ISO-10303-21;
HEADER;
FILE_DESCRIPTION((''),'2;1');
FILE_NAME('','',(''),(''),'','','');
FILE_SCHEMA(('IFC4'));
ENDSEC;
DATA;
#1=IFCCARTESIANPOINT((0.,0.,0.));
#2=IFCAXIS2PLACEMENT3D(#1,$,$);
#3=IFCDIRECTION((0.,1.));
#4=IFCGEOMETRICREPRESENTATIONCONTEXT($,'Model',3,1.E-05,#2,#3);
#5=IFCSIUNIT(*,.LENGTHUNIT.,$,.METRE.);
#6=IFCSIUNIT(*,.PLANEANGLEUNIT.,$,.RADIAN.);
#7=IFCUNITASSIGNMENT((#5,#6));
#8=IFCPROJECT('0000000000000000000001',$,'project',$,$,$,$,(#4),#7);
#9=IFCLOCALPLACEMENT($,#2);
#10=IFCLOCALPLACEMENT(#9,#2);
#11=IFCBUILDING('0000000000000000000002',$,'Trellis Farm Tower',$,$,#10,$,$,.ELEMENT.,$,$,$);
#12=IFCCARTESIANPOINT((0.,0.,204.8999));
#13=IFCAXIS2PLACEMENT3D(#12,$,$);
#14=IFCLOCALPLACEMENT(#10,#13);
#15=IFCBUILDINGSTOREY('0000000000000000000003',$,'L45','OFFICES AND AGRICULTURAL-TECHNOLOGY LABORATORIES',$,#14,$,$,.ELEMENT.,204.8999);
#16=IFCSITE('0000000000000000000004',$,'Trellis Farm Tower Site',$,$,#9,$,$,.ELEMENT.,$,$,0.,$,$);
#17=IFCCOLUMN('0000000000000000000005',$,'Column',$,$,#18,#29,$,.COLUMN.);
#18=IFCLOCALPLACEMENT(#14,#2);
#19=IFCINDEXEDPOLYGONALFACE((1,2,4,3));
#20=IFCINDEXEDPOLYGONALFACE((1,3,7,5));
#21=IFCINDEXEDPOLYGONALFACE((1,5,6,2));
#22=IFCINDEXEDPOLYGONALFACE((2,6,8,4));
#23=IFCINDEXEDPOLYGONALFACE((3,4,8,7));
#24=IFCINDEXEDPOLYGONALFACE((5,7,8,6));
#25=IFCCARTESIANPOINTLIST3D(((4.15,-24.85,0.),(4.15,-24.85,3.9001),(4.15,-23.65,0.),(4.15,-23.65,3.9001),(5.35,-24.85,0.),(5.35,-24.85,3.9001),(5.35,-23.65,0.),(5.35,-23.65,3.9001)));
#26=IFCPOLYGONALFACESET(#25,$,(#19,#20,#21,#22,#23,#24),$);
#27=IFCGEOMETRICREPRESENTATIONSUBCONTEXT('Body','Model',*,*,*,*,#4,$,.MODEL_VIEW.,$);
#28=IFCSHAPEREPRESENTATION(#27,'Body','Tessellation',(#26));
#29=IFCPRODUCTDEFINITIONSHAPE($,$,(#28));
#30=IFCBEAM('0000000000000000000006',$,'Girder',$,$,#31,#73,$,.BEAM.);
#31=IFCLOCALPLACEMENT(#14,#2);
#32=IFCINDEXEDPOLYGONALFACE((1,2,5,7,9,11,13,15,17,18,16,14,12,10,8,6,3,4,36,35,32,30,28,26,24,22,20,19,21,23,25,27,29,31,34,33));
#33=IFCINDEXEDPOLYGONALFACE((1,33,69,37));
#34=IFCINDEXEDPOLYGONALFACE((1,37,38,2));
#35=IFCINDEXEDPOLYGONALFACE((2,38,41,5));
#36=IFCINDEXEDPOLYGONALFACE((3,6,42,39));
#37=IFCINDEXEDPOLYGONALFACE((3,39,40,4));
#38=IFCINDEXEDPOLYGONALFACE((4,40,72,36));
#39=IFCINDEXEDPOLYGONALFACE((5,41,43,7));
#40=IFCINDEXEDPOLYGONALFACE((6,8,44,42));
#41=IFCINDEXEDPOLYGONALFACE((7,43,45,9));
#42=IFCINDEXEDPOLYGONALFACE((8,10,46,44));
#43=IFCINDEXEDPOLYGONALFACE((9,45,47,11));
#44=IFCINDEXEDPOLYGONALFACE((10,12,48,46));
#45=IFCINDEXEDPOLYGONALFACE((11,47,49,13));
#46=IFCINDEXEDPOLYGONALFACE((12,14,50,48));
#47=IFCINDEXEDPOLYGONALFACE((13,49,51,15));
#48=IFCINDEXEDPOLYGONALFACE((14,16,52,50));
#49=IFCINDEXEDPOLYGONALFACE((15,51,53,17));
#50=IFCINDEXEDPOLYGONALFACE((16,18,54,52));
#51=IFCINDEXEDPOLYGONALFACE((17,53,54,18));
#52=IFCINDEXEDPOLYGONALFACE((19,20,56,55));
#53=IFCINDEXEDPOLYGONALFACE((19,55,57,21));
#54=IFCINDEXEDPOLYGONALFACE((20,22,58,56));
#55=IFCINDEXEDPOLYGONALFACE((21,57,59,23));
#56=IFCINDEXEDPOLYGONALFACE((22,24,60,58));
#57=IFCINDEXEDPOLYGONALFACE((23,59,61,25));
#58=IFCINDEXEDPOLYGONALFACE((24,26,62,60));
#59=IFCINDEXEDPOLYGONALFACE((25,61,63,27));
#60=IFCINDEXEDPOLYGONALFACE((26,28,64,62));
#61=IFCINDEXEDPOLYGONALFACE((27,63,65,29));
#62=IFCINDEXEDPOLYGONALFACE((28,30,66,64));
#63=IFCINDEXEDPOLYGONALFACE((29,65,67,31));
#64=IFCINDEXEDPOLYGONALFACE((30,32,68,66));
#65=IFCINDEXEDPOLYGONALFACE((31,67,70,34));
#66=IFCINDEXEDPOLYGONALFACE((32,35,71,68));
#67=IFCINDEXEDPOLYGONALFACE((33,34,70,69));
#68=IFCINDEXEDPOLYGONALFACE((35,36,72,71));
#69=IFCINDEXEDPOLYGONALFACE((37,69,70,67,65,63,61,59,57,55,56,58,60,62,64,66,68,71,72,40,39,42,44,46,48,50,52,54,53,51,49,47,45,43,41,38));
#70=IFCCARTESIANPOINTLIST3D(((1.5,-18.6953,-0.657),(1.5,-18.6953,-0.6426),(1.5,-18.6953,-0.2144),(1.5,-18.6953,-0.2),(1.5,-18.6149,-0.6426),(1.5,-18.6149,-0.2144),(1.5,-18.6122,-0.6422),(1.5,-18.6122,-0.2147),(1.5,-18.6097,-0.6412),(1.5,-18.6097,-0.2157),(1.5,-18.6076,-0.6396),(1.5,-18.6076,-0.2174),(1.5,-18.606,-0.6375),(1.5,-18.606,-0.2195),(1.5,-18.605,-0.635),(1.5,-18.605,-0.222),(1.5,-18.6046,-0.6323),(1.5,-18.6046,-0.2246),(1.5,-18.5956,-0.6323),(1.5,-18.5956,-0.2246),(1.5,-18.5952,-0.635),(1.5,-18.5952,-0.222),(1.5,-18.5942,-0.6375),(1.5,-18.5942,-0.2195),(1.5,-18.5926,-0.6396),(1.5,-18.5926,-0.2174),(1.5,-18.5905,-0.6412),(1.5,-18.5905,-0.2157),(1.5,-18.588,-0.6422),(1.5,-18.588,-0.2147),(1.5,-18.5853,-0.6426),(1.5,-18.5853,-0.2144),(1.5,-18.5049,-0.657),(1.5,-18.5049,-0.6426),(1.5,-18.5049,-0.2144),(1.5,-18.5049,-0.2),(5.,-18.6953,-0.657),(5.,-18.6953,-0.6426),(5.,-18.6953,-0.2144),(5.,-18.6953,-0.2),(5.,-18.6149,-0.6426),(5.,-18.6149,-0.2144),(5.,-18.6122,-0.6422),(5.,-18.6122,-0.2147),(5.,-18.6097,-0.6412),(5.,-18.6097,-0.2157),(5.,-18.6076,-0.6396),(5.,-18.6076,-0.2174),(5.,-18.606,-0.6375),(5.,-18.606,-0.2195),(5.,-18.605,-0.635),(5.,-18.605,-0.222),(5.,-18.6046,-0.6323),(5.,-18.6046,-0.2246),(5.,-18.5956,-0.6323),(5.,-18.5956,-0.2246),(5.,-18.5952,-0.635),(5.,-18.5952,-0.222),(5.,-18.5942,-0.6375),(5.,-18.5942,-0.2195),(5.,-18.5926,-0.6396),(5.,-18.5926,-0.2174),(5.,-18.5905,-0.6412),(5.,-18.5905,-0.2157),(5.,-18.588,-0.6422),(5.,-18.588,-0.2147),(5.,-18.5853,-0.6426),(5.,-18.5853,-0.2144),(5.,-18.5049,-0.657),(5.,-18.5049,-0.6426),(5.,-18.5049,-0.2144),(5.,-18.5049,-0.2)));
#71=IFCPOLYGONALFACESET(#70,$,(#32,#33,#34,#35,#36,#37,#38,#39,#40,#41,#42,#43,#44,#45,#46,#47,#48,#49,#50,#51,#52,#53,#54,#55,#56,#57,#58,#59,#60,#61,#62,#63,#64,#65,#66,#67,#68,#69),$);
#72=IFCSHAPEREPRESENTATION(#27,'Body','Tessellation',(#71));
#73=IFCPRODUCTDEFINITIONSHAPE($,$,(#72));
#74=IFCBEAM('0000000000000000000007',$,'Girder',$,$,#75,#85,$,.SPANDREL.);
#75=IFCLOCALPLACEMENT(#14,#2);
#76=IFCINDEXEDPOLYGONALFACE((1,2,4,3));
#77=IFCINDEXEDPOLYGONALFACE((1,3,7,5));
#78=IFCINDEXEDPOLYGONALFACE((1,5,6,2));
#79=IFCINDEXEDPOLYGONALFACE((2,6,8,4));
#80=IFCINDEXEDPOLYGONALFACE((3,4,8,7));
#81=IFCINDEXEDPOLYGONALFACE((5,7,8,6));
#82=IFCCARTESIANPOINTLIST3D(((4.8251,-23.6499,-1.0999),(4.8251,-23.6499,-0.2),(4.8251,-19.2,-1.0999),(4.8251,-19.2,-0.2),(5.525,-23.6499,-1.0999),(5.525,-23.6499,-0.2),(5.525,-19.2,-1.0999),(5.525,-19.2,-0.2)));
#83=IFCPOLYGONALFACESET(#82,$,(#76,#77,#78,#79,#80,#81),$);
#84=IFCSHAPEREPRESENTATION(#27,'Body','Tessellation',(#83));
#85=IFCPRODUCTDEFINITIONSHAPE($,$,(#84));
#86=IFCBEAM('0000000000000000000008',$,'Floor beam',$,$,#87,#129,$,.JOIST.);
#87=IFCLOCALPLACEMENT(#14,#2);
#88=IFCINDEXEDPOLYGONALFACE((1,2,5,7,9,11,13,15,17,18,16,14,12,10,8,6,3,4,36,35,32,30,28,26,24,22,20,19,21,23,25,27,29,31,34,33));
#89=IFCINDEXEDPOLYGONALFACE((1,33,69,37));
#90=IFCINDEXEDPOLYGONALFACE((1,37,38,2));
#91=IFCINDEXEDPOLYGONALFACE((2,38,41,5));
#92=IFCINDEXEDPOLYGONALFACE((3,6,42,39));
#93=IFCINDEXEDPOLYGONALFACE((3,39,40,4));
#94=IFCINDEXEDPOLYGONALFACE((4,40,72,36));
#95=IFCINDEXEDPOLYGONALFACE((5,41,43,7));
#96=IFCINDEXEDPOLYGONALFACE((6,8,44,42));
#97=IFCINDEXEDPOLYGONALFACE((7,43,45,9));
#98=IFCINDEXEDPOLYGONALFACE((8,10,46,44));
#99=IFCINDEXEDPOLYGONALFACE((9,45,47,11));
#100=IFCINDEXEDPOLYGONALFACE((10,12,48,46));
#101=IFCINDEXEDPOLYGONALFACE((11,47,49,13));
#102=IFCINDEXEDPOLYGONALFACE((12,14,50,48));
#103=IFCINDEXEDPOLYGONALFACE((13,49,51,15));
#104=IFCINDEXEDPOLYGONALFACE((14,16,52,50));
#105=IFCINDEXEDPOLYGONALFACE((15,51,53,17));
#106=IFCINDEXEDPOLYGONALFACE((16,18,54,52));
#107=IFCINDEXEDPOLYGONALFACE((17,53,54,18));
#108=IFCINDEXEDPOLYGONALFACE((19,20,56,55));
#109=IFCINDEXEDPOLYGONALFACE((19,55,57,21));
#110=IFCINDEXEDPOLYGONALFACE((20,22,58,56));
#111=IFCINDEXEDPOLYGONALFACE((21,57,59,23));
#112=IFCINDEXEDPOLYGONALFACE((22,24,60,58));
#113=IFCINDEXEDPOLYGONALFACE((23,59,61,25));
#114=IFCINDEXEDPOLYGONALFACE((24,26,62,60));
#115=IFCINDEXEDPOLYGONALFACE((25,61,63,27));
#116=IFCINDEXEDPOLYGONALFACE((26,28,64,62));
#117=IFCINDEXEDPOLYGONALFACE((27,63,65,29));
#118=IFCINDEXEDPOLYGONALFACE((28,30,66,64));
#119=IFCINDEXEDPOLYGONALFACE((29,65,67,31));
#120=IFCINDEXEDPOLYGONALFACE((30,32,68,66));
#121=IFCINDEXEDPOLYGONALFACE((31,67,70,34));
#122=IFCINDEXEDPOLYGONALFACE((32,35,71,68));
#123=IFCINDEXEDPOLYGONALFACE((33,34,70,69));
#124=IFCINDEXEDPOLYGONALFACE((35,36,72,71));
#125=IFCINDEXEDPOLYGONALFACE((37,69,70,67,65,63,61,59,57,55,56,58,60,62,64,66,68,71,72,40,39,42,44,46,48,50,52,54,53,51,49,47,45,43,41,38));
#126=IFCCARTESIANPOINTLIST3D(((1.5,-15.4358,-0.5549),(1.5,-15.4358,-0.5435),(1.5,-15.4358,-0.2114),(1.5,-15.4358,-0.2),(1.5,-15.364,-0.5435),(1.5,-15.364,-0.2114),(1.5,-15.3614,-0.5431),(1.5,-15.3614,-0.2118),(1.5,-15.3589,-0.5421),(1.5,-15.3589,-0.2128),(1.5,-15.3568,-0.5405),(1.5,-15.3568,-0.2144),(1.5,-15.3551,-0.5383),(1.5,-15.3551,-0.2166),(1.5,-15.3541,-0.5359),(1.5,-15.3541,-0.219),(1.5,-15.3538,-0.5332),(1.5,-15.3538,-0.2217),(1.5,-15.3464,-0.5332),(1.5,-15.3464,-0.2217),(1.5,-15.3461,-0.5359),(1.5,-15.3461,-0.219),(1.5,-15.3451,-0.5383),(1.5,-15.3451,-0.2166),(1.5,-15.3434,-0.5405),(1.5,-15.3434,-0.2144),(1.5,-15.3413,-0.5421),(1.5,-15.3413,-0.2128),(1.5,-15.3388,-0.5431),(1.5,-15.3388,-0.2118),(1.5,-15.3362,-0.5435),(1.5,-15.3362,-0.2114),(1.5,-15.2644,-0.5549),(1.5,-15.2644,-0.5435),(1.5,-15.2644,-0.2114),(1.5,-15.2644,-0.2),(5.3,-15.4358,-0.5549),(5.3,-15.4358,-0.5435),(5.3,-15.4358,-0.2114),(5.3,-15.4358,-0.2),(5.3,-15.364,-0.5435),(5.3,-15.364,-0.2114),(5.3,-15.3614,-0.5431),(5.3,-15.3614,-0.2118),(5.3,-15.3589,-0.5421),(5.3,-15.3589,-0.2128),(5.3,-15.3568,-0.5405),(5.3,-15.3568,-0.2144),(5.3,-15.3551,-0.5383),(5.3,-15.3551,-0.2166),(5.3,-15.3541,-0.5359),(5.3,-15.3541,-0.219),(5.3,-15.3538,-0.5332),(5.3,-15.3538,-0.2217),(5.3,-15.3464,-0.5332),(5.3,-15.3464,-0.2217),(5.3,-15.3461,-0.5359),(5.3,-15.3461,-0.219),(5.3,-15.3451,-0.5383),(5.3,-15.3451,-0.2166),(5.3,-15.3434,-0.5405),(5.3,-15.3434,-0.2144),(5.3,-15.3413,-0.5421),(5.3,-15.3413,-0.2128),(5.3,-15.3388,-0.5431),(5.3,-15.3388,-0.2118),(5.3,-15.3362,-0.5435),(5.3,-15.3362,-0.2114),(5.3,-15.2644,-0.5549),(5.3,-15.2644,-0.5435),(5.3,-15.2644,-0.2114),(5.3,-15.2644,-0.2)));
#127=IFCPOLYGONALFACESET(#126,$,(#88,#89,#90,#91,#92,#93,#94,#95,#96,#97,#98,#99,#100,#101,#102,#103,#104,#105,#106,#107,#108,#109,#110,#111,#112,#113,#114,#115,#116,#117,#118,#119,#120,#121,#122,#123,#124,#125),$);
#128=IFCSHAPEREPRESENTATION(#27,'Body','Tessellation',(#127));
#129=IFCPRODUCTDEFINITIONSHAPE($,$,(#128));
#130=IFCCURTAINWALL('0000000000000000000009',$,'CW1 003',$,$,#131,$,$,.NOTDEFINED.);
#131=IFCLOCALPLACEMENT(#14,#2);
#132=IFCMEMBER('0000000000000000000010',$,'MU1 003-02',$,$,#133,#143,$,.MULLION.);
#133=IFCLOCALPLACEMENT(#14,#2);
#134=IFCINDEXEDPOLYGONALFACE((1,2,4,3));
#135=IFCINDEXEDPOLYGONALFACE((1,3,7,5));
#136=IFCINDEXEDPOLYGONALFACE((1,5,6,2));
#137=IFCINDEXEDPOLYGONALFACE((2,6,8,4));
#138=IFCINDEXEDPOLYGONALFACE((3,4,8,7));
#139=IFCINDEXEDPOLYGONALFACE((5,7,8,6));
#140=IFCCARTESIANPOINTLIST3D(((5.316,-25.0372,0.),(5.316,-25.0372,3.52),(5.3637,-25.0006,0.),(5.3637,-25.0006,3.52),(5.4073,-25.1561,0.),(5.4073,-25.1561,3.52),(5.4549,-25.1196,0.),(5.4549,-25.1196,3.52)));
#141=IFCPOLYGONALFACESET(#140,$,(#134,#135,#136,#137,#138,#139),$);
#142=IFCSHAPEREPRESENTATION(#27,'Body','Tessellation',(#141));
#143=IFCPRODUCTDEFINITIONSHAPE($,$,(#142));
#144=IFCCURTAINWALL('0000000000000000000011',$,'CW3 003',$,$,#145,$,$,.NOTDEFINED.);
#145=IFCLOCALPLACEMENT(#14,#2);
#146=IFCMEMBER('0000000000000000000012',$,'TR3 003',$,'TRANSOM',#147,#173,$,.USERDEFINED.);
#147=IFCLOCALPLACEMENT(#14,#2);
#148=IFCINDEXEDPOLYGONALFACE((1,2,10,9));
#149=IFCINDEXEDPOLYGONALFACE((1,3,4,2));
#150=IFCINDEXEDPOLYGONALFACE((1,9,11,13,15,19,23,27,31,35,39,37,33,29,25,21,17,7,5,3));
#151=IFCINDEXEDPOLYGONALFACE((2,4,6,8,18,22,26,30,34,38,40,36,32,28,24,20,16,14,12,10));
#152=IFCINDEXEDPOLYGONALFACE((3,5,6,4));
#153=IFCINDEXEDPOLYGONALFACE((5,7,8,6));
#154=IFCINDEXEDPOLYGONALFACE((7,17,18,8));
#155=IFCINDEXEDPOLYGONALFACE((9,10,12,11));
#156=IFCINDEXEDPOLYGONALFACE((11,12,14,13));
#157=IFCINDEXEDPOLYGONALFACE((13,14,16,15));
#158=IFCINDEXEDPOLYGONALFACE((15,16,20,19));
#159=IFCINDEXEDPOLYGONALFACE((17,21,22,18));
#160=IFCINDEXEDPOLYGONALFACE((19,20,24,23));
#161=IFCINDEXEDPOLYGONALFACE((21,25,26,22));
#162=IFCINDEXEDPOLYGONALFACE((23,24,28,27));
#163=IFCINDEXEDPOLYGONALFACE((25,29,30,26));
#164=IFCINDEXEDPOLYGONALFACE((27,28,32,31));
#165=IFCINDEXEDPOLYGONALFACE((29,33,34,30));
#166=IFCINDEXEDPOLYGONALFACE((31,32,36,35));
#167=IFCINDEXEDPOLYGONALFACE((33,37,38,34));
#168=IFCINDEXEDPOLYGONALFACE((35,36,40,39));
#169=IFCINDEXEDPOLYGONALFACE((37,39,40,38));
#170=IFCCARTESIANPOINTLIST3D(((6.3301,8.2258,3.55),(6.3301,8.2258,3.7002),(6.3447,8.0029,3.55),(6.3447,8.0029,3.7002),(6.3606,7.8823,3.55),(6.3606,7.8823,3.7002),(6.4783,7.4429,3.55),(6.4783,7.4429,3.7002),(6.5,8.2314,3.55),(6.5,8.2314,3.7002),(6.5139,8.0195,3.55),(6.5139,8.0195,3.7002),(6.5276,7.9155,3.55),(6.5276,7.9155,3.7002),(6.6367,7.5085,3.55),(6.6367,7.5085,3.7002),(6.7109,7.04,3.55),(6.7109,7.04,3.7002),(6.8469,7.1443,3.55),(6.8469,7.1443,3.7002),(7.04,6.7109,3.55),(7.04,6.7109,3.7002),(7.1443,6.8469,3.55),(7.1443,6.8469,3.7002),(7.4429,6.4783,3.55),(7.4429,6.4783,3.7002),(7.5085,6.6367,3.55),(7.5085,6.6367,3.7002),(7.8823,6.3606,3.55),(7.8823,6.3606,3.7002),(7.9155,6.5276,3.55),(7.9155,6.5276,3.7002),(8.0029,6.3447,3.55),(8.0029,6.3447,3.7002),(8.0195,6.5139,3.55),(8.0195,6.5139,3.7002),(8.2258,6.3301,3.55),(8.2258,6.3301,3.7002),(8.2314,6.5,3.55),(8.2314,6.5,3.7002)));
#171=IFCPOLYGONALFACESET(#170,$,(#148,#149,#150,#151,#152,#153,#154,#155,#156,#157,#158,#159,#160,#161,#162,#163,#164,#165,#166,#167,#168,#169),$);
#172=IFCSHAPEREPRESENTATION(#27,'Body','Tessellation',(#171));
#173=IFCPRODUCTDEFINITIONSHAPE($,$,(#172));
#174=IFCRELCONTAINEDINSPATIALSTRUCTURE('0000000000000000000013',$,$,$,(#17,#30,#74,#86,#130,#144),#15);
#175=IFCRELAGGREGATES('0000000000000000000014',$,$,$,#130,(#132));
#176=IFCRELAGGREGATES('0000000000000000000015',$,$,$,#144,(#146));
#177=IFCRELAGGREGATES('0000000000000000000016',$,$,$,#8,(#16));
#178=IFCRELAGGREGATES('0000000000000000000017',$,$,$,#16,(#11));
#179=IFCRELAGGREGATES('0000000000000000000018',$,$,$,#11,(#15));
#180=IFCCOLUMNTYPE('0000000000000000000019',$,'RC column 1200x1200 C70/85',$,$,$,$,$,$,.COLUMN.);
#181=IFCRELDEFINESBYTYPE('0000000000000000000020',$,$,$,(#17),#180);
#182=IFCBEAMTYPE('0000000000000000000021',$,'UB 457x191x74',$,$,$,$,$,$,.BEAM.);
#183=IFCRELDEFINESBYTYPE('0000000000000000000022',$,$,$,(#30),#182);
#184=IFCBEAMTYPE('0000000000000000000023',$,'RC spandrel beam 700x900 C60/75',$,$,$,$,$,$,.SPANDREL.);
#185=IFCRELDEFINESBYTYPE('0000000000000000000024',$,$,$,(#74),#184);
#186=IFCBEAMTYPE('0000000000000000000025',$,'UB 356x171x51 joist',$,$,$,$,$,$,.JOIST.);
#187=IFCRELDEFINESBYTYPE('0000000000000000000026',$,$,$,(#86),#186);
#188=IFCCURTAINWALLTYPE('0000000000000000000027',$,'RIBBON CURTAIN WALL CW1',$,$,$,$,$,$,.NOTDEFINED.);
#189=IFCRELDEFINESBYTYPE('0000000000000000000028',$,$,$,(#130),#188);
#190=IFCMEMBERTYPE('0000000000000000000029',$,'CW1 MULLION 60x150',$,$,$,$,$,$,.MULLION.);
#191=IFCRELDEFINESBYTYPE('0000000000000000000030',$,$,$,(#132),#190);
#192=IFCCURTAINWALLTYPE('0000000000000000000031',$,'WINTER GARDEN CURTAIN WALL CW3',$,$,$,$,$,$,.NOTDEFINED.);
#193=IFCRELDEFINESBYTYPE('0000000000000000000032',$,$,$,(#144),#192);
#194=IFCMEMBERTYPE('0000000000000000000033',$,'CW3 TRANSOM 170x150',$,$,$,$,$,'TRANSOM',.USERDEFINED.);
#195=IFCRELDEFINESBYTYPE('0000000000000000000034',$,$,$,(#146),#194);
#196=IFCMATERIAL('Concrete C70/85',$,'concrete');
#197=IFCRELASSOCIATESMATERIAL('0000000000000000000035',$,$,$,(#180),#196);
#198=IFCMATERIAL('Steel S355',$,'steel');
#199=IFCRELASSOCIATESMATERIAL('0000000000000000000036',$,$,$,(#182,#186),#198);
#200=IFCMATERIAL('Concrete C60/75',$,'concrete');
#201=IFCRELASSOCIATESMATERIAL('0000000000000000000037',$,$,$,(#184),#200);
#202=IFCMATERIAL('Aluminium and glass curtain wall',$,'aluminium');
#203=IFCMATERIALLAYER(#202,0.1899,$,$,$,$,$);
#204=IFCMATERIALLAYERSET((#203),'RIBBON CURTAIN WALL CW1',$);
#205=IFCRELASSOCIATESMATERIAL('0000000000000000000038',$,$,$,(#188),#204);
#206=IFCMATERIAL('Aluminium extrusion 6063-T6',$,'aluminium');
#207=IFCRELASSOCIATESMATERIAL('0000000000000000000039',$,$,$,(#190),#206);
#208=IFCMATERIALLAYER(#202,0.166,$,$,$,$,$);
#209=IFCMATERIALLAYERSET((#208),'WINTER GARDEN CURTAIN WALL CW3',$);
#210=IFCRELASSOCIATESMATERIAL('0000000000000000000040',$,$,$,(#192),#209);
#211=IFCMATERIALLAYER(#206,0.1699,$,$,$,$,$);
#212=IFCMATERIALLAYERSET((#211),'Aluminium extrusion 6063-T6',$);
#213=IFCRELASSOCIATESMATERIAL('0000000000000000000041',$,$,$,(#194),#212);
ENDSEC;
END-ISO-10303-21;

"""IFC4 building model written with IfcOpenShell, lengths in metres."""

from ifc_helpers import new_model, si_unit, direction, frame, origin, origin_2d, place, context, subcontext, project, spatial, polyline, rectangle, i_section, outline, extrude, source, transform, mapped, material, layer, layer_set, material_profile, profile_set, type_object, element, aggregate, save


model = new_model("IFC4")

# Units and contexts
model_context = context("Model", 3, precision=1e-05, world=origin(), true_north=direction((0.0, 1.0)))
body_context = subcontext(model_context, "Body", "Model", "MODEL_VIEW")
ifc_project = project(units=[si_unit("LENGTHUNIT", "METRE"), si_unit("PLANEANGLEUNIT", "RADIAN")], contexts=[model_context])

# Site, building, storey
site_placement = place(None, origin())
site = spatial("IfcSite", under=ifc_project, at=site_placement, Name="Trellis Farm Tower Site", CompositionType="ELEMENT", RefElevation=0.0)
building_placement = place(site_placement, origin())
building = spatial("IfcBuilding", under=site, at=building_placement, Name="Trellis Farm Tower", CompositionType="ELEMENT")
storey_placement = place(building_placement, frame((0.0, 0.0, 204.8999)))
storey = spatial("IfcBuildingStorey", under=building, at=storey_placement, Name="L45", Description="OFFICES AND AGRICULTURAL-TECHNOLOGY LABORATORIES", CompositionType="ELEMENT", Elevation=204.8999)

# Column
ifc_material_1 = material(Name="Concrete C70/85", Category="concrete")
ifc_material_profile_1 = material_profile(ifc_material_1, rectangle(XDim=1.2, YDim=1.2, at=origin_2d()), Name="RC column 1200x1200 C70/85")
ifc_profile_set_1 = profile_set([ifc_material_profile_1], Name="Concrete C70/85")
column_type = type_object("IfcColumnType", Name="RC column 1200x1200 C70/85", PredefinedType="COLUMN", material=ifc_profile_set_1)
shared_shape_1 = source(origin(), body_context, "Body", "SweptSolid", [
    extrude(rectangle(XDim=1.2, YDim=1.2, at=origin_2d()), origin(), (0.0, 0.0, 1.0), 3.9001),
])
column_placement = place(storey_placement, frame((4.75, -24.25, 0.0), z_axis=(0.0, 0.0, 1.0), x_axis=(1.0, 0.0, 0.0)))
element("IfcColumn", 1, at=column_placement, inside=storey, type_object=column_type, Name="Column", PredefinedType="COLUMN", context=body_context, shape_type="MappedRepresentation", body=[
    mapped(shared_shape_1, transform((0.0, 0.0, 0.0))),
])

# Beams
ifc_material_2 = material(Name="Steel S355", Category="steel")
ifc_material_profile_2 = material_profile(ifc_material_2, i_section(OverallWidth=0.1904, OverallDepth=0.457, WebThickness=0.009, FlangeThickness=0.0144, FilletRadius=0.0103, at=origin_2d()), Name="UB 457x191x74")
ifc_profile_set_2 = profile_set([ifc_material_profile_2], Name="Steel S355")
beam_type_1 = type_object("IfcBeamType", Name="UB 457x191x74", PredefinedType="BEAM", material=ifc_profile_set_2)
shared_shape_2 = source(origin(), body_context, "Body", "SweptSolid", [
    extrude(i_section(OverallWidth=0.1904, OverallDepth=0.457, WebThickness=0.009, FlangeThickness=0.0144, FilletRadius=0.0103, at=origin_2d()), origin(), (0.0, 0.0, 1.0), 3.5),
])
beam_1_placement = place(storey_placement, frame((1.5, -18.6001, -0.4285), z_axis=(1.0, 0.0, 0.0), x_axis=(0.0, 1.0, 0.0)))
element("IfcBeam", 2, at=beam_1_placement, inside=storey, type_object=beam_type_1, Name="Girder", PredefinedType="BEAM", context=body_context, shape_type="MappedRepresentation", body=[
    mapped(shared_shape_2, transform((0.0, 0.0, 0.0))),
])
ifc_material_3 = material(Name="Concrete C60/75", Category="concrete")
ifc_material_profile_3 = material_profile(ifc_material_3, rectangle(XDim=0.7, YDim=0.8999, at=origin_2d()), Name="RC spandrel beam 700x900 C60/75")
ifc_profile_set_3 = profile_set([ifc_material_profile_3], Name="Concrete C60/75")
beam_type_2 = type_object("IfcBeamType", Name="RC spandrel beam 700x900 C60/75", PredefinedType="SPANDREL", material=ifc_profile_set_3)
shared_shape_3 = source(origin(), body_context, "Body", "SweptSolid", [
    extrude(rectangle(XDim=0.7, YDim=0.8999, at=origin_2d()), origin(), (0.0, 0.0, 1.0), 4.45),
])
beam_2_placement = place(storey_placement, frame((5.175, -23.6499, -0.6499), z_axis=(0.0, 1.0, 0.0), x_axis=(-1.0, 0.0, 0.0)))
element("IfcBeam", 3, at=beam_2_placement, inside=storey, type_object=beam_type_2, Name="Girder", PredefinedType="SPANDREL", context=body_context, shape_type="MappedRepresentation", body=[
    mapped(shared_shape_3, transform((0.0, 0.0, 0.0))),
])
ifc_material_profile_4 = material_profile(ifc_material_2, i_section(OverallWidth=0.1714, OverallDepth=0.355, WebThickness=0.0073, FlangeThickness=0.0115, FilletRadius=0.0103, at=origin_2d()), Name="UB 356x171x51")
ifc_profile_set_4 = profile_set([ifc_material_profile_4], Name="Steel S355")
beam_type_3 = type_object("IfcBeamType", Name="UB 356x171x51 joist", PredefinedType="JOIST", material=ifc_profile_set_4)
shared_shape_4 = source(origin(), body_context, "Body", "SweptSolid", [
    extrude(i_section(OverallWidth=0.1714, OverallDepth=0.355, WebThickness=0.0073, FlangeThickness=0.0115, FilletRadius=0.0103, at=origin_2d()), origin(), (0.0, 0.0, 1.0), 3.8),
])
beam_3_placement = place(storey_placement, frame((1.5, -15.3501, -0.3774), z_axis=(1.0, 0.0, 0.0), x_axis=(0.0, 1.0, 0.0)))
element("IfcBeam", 4, at=beam_3_placement, inside=storey, type_object=beam_type_3, Name="Floor beam", PredefinedType="JOIST", context=body_context, shape_type="MappedRepresentation", body=[
    mapped(shared_shape_4, transform((0.0, 0.0, 0.0))),
])

# Curtain walls, members
ifc_material_4 = material(Name="Aluminium and glass curtain wall", Category="aluminium")
ifc_layer_1 = layer(ifc_material_4, 0.1899)
ifc_layer_set_1 = layer_set([ifc_layer_1], Name="RIBBON CURTAIN WALL CW1")
curtain_wall_type_1 = type_object("IfcCurtainWallType", Name="RIBBON CURTAIN WALL CW1", PredefinedType="NOTDEFINED", material=ifc_layer_set_1)
placement_1 = place(storey_placement, origin())
curtain_wall_1 = element("IfcCurtainWall", 5, at=placement_1, inside=storey, type_object=curtain_wall_type_1, Name="CW1 003", PredefinedType="NOTDEFINED")
ifc_material_5 = material(Name="Aluminium extrusion 6063-T6", Category="aluminium")
ifc_material_profile_5 = material_profile(ifc_material_5, rectangle(XDim=0.0601, YDim=0.1499, at=origin_2d()), Name="MULLION 60x150")
ifc_profile_set_5 = profile_set([ifc_material_profile_5], Name="Aluminium extrusion 6063-T6")
member_type_1 = type_object("IfcMemberType", Name="CW1 MULLION 60x150", PredefinedType="MULLION", material=ifc_profile_set_5)
shared_shape_5 = source(origin(), body_context, "Body", "SweptSolid", [
    extrude(rectangle(XDim=0.0601, YDim=0.1499, at=origin_2d()), origin(), (0.0, 0.0, 1.0), 3.52),
])
member_1_placement = place(storey_placement, frame((5.3855, -25.0784, 0.0), z_axis=(0.0, 0.0, 1.0), x_axis=(0.793353, 0.608761, 0.0)))
member_1 = element("IfcMember", 6, at=member_1_placement, type_object=member_type_1, Name="MU1 003-02", PredefinedType="MULLION", context=body_context, shape_type="MappedRepresentation", body=[
    mapped(shared_shape_5, transform((0.0, 0.0, 0.0))),
])
aggregate(curtain_wall_1, [member_1])
ifc_layer_2 = layer(ifc_material_4, 0.166)
ifc_layer_set_2 = layer_set([ifc_layer_2], Name="WINTER GARDEN CURTAIN WALL CW3")
curtain_wall_type_2 = type_object("IfcCurtainWallType", Name="WINTER GARDEN CURTAIN WALL CW3", PredefinedType="NOTDEFINED", material=ifc_layer_set_2)
curtain_wall_2 = element("IfcCurtainWall", 7, at=placement_1, inside=storey, type_object=curtain_wall_type_2, Name="CW3 003", PredefinedType="NOTDEFINED")
ifc_layer_3 = layer(ifc_material_5, 0.1699)
ifc_layer_set_3 = layer_set([ifc_layer_3], Name="Aluminium extrusion 6063-T6")
member_type_2 = type_object("IfcMemberType", Name="CW3 TRANSOM 170x150", ElementType="TRANSOM", PredefinedType="USERDEFINED", material=ifc_layer_set_3)
shared_shape_6 = source(origin(), body_context, "Body", "SweptSolid", [
    extrude(outline(polyline([(8.2314, 6.5), (8.0195, 6.5139), (7.9155, 6.5276), (7.5085, 6.6367), (7.1443, 6.8469), (6.8469, 7.1443), (6.6367, 7.5085), (6.5276, 7.9155), (6.5139, 8.0195), (6.5, 8.2314), (6.3301, 8.2258), (6.3447, 8.0029), (6.3606, 7.8823), (6.4783, 7.4429), (6.7109, 7.04), (7.04, 6.7109), (7.4429, 6.4783), (7.8823, 6.3606), (8.0029, 6.3447), (8.2258, 6.3301), (8.2314, 6.5)])), origin(), (0.0, 0.0, 1.0), 0.1501),
])
member_2_placement = place(storey_placement, frame((0.0, 0.0, 3.55)))
member_2 = element("IfcMember", 8, at=member_2_placement, type_object=member_type_2, Name="TR3 003", ObjectType="TRANSOM", PredefinedType="USERDEFINED", context=body_context, shape_type="MappedRepresentation", body=[
    mapped(shared_shape_6, transform((0.0, 0.0, 0.0))),
])

aggregate(curtain_wall_2, [member_2])

save(model, "model.ifc")
